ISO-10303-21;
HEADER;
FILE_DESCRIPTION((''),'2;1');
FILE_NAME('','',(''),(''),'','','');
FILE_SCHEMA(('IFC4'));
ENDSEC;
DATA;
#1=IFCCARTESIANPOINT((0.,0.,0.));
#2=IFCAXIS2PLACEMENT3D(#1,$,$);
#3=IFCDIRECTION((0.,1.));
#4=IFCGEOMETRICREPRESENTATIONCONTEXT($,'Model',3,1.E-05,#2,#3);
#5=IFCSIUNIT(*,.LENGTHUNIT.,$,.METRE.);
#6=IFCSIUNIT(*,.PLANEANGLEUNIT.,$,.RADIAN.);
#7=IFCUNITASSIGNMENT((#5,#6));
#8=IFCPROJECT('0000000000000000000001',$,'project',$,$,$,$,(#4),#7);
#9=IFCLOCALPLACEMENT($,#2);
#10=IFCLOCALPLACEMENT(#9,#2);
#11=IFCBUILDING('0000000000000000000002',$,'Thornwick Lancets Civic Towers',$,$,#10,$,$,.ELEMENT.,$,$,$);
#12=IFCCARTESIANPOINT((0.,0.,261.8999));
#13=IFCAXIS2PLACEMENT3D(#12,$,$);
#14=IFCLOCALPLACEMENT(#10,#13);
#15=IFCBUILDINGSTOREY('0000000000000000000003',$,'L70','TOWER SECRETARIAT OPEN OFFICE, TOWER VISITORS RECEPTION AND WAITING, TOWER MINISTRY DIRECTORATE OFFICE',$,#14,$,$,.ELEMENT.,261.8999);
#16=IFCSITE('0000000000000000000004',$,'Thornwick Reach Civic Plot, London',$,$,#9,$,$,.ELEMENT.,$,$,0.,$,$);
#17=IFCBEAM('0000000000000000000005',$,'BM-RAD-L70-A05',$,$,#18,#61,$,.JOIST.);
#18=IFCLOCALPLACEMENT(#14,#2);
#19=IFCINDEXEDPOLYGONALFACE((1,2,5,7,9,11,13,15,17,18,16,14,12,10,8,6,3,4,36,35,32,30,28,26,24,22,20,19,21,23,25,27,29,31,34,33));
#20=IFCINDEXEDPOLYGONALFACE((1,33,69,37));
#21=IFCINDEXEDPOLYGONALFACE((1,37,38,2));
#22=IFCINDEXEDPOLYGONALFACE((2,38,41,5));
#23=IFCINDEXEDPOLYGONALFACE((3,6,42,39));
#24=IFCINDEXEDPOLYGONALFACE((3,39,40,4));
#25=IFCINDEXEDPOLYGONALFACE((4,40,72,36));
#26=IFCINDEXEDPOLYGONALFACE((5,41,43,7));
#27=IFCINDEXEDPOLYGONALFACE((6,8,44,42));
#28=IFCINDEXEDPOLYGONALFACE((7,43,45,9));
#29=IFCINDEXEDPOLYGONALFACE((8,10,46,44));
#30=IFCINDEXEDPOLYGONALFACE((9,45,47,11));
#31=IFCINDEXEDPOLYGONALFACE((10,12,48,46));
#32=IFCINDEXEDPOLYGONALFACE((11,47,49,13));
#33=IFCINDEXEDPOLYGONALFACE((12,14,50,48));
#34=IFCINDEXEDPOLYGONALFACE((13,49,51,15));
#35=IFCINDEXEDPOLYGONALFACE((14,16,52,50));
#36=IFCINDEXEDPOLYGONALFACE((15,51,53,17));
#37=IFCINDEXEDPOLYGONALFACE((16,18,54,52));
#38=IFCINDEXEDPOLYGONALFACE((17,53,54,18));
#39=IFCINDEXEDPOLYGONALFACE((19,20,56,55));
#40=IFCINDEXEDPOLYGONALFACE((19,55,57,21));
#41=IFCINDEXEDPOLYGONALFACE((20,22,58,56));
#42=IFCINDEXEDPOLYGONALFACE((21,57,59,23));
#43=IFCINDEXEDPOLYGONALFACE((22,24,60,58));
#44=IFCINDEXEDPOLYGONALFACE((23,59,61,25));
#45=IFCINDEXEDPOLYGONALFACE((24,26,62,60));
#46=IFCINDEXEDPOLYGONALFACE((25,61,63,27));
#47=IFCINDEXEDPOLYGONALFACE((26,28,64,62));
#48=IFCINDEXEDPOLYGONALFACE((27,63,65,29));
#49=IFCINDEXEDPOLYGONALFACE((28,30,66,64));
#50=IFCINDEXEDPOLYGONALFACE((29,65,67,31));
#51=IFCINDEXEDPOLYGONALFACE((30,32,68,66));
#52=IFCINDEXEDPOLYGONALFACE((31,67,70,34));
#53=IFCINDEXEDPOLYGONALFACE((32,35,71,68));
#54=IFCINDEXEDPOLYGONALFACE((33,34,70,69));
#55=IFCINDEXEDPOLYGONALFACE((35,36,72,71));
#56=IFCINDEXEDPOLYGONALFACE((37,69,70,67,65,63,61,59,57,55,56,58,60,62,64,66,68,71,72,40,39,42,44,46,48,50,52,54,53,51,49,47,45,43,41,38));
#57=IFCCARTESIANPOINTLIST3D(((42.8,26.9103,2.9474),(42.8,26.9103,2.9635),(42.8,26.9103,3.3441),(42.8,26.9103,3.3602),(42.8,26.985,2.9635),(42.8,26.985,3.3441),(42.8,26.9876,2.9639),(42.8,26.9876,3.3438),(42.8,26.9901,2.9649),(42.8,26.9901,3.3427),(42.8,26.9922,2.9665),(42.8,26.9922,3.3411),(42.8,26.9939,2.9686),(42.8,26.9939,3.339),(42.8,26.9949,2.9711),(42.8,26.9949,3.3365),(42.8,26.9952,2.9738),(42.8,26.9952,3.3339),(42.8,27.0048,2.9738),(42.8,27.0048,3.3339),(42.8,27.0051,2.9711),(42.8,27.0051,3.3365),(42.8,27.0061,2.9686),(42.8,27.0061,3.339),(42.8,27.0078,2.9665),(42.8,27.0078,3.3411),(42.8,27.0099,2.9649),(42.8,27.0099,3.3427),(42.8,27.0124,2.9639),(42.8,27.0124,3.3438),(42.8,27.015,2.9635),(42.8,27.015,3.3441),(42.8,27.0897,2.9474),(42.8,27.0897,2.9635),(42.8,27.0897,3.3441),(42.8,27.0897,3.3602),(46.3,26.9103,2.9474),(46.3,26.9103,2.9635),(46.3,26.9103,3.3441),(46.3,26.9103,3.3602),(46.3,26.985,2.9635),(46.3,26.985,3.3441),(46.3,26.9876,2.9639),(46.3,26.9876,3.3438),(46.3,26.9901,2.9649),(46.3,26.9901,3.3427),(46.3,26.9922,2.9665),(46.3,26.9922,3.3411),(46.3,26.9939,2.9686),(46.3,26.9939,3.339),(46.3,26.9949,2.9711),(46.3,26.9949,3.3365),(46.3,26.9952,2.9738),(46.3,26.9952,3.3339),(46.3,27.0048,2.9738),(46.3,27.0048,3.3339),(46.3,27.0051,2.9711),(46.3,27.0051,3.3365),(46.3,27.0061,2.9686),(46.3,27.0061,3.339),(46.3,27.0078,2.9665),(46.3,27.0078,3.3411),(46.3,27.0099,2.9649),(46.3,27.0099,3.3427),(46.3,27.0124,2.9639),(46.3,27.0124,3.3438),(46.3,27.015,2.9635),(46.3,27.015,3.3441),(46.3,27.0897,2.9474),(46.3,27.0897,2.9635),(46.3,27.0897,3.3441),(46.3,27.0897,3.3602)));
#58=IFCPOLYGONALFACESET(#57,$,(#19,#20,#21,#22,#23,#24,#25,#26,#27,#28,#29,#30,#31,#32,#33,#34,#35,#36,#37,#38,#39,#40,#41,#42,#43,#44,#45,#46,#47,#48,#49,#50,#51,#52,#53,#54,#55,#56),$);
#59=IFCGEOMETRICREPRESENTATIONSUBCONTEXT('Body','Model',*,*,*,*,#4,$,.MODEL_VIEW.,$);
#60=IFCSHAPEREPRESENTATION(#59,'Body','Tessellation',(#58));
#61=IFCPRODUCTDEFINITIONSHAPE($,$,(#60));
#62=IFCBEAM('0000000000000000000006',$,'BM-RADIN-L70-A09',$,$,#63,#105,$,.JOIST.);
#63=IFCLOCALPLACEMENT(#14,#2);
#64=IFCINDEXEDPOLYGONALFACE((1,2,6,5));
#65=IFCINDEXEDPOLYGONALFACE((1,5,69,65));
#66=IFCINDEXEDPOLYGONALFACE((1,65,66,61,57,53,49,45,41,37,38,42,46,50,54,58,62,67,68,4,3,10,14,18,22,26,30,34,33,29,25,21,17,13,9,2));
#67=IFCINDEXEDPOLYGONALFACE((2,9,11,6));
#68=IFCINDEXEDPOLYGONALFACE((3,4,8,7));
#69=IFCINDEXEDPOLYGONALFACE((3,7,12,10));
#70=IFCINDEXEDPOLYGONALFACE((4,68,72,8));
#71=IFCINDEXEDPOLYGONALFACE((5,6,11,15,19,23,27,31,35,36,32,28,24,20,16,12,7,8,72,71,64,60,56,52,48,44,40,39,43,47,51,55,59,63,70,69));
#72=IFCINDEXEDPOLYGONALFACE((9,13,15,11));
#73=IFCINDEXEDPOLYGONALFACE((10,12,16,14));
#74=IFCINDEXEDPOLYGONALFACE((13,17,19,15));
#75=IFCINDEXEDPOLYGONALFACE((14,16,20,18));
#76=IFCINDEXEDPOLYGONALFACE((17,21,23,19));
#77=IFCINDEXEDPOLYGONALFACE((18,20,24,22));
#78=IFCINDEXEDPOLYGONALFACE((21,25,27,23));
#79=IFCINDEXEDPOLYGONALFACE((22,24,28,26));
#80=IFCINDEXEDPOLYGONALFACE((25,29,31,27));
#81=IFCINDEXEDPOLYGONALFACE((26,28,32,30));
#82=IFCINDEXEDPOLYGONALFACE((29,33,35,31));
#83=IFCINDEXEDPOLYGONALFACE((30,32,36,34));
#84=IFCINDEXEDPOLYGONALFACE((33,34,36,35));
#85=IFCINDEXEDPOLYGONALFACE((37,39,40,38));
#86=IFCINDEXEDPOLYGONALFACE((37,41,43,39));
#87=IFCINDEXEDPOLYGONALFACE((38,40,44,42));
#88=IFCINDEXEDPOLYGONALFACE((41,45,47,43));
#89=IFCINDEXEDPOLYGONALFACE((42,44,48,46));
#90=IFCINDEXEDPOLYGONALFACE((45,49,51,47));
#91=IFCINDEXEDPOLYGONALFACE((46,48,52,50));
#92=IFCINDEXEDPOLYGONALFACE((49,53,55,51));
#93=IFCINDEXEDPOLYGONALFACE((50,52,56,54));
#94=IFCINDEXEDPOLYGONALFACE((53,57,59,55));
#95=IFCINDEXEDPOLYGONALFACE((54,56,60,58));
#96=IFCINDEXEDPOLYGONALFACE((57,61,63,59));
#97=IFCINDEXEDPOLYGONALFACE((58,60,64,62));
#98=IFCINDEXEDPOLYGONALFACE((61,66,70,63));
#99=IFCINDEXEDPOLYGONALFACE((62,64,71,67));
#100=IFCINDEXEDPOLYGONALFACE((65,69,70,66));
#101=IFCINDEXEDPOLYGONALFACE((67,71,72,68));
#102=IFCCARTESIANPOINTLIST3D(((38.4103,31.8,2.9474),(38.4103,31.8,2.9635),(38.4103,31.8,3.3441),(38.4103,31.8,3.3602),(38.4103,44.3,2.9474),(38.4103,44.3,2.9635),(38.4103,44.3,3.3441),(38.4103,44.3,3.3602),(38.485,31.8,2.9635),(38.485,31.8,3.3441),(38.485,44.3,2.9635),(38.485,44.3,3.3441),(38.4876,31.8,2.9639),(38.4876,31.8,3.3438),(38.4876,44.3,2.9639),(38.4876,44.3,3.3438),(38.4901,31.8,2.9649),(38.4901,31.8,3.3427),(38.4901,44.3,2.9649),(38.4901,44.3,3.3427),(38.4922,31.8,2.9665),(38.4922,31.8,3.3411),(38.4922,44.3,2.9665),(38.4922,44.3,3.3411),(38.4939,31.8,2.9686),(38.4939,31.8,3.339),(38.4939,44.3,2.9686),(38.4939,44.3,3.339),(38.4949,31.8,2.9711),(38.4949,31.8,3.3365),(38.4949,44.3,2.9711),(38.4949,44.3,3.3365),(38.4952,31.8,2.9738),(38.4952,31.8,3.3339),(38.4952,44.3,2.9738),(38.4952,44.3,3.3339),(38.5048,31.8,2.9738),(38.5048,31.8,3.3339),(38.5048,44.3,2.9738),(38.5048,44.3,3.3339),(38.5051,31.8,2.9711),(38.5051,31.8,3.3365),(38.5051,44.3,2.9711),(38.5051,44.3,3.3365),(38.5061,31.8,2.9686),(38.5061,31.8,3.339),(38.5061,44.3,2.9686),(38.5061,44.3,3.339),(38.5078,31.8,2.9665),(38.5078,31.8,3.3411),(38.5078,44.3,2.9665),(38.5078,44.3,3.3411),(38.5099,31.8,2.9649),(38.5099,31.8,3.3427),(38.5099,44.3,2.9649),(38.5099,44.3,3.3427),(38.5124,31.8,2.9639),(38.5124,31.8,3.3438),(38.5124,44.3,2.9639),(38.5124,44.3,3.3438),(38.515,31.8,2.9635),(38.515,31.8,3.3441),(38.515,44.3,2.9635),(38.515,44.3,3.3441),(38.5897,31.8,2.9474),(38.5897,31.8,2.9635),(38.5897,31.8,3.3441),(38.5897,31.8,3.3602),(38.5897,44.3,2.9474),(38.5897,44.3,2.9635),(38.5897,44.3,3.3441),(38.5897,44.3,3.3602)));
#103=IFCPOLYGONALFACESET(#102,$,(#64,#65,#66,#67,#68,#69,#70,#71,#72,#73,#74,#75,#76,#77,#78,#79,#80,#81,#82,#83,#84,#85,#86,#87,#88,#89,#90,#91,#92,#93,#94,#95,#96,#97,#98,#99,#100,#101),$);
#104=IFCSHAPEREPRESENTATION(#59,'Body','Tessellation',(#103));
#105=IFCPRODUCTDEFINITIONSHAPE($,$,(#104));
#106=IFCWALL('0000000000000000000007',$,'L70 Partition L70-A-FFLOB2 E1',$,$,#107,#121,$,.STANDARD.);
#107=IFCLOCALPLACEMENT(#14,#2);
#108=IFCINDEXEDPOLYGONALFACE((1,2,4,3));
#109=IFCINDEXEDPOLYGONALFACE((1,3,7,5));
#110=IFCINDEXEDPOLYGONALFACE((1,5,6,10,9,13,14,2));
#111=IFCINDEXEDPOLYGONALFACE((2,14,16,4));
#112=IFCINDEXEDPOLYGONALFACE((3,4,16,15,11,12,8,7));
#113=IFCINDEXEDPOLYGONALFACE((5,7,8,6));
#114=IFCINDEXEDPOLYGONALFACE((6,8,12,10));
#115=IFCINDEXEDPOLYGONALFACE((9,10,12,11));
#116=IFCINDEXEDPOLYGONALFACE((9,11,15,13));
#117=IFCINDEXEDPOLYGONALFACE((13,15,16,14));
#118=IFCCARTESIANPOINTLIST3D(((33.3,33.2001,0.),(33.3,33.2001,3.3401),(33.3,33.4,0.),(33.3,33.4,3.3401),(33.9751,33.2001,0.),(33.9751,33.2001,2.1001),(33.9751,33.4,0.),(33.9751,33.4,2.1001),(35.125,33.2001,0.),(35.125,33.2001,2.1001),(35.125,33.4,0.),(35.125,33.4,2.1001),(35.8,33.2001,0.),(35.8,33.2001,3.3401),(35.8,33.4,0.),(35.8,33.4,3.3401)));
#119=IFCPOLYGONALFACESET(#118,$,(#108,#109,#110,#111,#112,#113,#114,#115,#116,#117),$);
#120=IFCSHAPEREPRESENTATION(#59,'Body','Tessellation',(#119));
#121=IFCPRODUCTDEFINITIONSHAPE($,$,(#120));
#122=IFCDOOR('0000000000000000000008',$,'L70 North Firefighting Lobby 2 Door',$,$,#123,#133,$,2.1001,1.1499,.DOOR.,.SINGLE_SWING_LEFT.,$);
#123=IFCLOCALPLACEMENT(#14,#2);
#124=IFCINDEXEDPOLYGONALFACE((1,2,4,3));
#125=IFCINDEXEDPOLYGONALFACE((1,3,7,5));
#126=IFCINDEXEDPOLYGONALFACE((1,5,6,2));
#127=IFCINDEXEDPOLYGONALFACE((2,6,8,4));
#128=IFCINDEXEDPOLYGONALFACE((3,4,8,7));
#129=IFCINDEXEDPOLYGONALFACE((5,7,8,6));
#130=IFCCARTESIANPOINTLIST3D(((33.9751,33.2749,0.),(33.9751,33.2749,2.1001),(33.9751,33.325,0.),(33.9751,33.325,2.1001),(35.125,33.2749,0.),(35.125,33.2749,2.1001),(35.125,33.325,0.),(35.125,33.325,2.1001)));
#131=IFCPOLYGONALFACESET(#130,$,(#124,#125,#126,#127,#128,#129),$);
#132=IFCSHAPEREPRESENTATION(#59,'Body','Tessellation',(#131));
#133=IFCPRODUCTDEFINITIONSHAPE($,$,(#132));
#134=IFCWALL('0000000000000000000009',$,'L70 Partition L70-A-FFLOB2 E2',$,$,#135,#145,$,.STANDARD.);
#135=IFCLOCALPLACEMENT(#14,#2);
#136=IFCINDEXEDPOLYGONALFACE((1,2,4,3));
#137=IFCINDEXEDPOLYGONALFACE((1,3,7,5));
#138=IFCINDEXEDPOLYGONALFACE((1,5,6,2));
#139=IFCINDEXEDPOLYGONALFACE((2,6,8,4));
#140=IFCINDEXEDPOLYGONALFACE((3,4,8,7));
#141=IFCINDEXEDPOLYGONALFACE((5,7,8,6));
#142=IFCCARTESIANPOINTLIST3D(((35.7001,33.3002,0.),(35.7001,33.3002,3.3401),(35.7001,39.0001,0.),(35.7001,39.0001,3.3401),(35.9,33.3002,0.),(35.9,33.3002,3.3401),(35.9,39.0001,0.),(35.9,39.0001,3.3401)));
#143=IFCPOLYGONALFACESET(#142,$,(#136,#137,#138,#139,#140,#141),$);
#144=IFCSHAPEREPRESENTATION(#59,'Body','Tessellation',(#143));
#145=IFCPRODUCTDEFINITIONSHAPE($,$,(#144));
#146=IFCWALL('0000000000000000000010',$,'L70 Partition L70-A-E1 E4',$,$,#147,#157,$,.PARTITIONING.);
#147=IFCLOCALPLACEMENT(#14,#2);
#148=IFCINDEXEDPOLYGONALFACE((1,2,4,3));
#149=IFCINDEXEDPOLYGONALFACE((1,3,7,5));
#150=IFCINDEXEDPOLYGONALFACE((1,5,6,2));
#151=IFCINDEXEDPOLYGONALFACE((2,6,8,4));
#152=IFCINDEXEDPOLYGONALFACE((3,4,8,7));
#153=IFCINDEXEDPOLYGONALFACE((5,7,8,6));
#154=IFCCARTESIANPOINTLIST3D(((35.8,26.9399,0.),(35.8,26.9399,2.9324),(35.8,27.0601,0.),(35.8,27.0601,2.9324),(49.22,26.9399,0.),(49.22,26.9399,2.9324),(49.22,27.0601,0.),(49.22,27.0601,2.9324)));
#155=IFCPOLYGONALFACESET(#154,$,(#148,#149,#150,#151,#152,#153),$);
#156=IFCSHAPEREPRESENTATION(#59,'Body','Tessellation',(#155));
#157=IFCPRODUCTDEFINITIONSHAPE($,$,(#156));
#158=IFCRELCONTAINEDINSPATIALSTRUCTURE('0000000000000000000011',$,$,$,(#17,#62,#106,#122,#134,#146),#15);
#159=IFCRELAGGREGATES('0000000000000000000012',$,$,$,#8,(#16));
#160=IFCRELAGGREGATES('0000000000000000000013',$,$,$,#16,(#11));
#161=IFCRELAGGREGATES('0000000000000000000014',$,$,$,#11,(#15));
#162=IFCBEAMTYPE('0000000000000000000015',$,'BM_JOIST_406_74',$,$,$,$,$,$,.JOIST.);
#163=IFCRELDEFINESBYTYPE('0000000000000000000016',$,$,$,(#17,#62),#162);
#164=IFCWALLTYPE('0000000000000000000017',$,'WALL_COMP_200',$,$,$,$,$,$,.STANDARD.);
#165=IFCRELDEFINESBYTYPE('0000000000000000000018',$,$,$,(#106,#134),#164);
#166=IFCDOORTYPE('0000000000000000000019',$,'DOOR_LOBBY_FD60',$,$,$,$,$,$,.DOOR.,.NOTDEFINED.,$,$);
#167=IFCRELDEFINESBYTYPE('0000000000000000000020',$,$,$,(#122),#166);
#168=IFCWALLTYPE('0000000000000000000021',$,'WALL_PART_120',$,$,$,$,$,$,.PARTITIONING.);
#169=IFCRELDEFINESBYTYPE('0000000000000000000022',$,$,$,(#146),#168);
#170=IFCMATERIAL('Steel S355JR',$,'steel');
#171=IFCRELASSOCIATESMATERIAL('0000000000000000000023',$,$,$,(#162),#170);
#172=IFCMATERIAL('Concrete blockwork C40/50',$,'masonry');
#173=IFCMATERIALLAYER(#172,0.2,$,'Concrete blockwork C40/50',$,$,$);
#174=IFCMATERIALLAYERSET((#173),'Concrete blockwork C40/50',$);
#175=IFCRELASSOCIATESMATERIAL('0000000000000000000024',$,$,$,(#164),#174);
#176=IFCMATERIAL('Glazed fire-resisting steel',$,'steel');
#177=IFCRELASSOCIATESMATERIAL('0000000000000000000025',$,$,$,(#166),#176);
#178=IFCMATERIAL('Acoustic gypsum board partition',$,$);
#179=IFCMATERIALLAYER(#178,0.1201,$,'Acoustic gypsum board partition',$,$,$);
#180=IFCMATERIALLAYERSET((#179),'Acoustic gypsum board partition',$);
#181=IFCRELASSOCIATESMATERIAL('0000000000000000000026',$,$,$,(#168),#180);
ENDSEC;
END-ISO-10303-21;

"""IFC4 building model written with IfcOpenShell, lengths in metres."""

from ifc_helpers import new_model, si_unit, direction, frame, frame_2d, origin, origin_2d, place, context, subcontext, project, spatial, rectangle, i_section, extrude, material, layer, layer_set, material_profile, profile_set, type_object, element, fill, save


model = new_model("IFC4")

# Units and contexts
model_context = context("Model", 3, precision=1e-05, world=origin(), true_north=direction((0.0, 1.0)))
body_context = subcontext(model_context, "Body", "Model", "MODEL_VIEW")
ifc_project = project(units=[si_unit("LENGTHUNIT", "METRE"), si_unit("PLANEANGLEUNIT", "RADIAN")], contexts=[model_context])

# Site, building, storey
site_placement = place(None, origin())
site = spatial("IfcSite", under=ifc_project, at=site_placement, Name="Thornwick Reach Civic Plot, London", CompositionType="ELEMENT", RefElevation=0.0)
building_placement = place(site_placement, origin())
building = spatial("IfcBuilding", under=site, at=building_placement, Name="Thornwick Lancets Civic Towers", CompositionType="ELEMENT")
storey_placement = place(building_placement, frame((0.0, 0.0, 261.8999)))
storey = spatial("IfcBuildingStorey", under=building, at=storey_placement, Name="L70", Description="TOWER SECRETARIAT OPEN OFFICE, TOWER VISITORS RECEPTION AND WAITING, TOWER MINISTRY DIRECTORATE OFFICE", CompositionType="ELEMENT", Elevation=261.8999)

# Shared definitions
ifc_material_1 = material(Name="Steel S355JR", Category="steel")

# Beams
ifc_material_profile_1 = material_profile(ifc_material_1, i_section(OverallWidth=0.1794, OverallDepth=0.4128, WebThickness=0.0095, FlangeThickness=0.0161, FilletRadius=0.0103, at=origin_2d()), Name="UKB 406x178x74")
ifc_profile_set_1 = profile_set([ifc_material_profile_1], Name="Steel S355JR")
beam_type_1 = type_object("IfcBeamType", Name="BM_JOIST_406_74", PredefinedType="JOIST", material=ifc_profile_set_1)
beam_1_placement = place(storey_placement, frame((42.8, 27.0, 3.1538), z_axis=(1.0, 0.0, 0.0), x_axis=(0.0, 1.0, 0.0)))
element("IfcBeam", 1, at=beam_1_placement, inside=storey, type_object=beam_type_1, Name="BM-RAD-L70-A05", PredefinedType="JOIST", context=body_context, shape_type="SweptSolid", body=[
    extrude(i_section(OverallWidth=0.1794, OverallDepth=0.4128, WebThickness=0.0095, FlangeThickness=0.0161, FilletRadius=0.0103, at=origin_2d()), origin(), (0.0, 0.0, 1.0), 3.5),
])
beam_2_placement = place(storey_placement, frame((38.5, 31.8, 3.1538), z_axis=(0.0, 1.0, 0.0), x_axis=(-1.0, 0.0, 0.0)))
element("IfcBeam", 2, at=beam_2_placement, inside=storey, type_object=beam_type_1, Name="BM-RADIN-L70-A09", PredefinedType="JOIST", context=body_context, shape_type="SweptSolid", body=[
    extrude(i_section(OverallWidth=0.1794, OverallDepth=0.4128, WebThickness=0.0095, FlangeThickness=0.0161, FilletRadius=0.0103, at=origin_2d()), origin(), (0.0, 0.0, 1.0), 12.5),
])

# Wall, opening, door
ifc_material_2 = material(Name="Concrete blockwork C40/50", Category="masonry")
ifc_layer_1 = layer(ifc_material_2, 0.2, Name="Concrete blockwork C40/50")
ifc_layer_set_1 = layer_set([ifc_layer_1], Name="Concrete blockwork C40/50")
wall_type_1 = type_object("IfcWallType", Name="WALL_COMP_200", PredefinedType="STANDARD", material=ifc_layer_set_1)
wall_1_placement = place(storey_placement, frame((33.3, 33.3, 0.0), z_axis=(0.0, 0.0, 1.0), x_axis=(1.0, 0.0, 0.0)))
wall_1 = element("IfcWall", 3, at=wall_1_placement, inside=storey, type_object=wall_type_1, Name="L70 Partition L70-A-FFLOB2 E1", PredefinedType="STANDARD", context=body_context, shape_type="SweptSolid", body=[
    extrude(rectangle(XDim=2.5, YDim=0.2, at=frame_2d((1.25, 0.0))), origin(), (0.0, 0.0, 1.0), 3.3401),
])
opening_1_placement = place(wall_1_placement, frame((0.675, 0.0, 0.0)))
opening_1 = element("IfcOpeningElement", 4, at=opening_1_placement, cuts=wall_1, PredefinedType="OPENING", context=body_context, shape_type="SweptSolid", body=[
    extrude(rectangle(XDim=1.1499, YDim=2.1001, at=frame_2d((0.575, 1.05))), frame((0.0, 0.1099, 0.0), z_axis=(0.0, -1.0, 0.0), x_axis=(1.0, 0.0, 0.0)), (0.0, 0.0, 1.0), 0.22),
])
ifc_material_3 = material(Name="Glazed fire-resisting steel", Category="steel")
door_type_1 = type_object("IfcDoorType", Name="DOOR_LOBBY_FD60", OperationType="NOTDEFINED", PredefinedType="DOOR", material=ifc_material_3)
door_1_placement = place(opening_1_placement, origin())
door_1 = element("IfcDoor", 5, at=door_1_placement, inside=storey, type_object=door_type_1, Name="L70 North Firefighting Lobby 2 Door", OperationType="SINGLE_SWING_LEFT", OverallHeight=2.1001, OverallWidth=1.1499, PredefinedType="DOOR", context=body_context, shape_type="SweptSolid", body=[
    extrude(rectangle(XDim=1.1499, YDim=2.1001, at=frame_2d((0.575, 1.05))), frame((0.0, 0.0249, 0.0), z_axis=(0.0, -1.0, 0.0), x_axis=(1.0, 0.0, 0.0)), (0.0, 0.0, 1.0), 0.05),
])
fill(opening_1, door_1)

# Walls
wall_2_placement = place(storey_placement, frame((35.8, 33.3, 0.0), z_axis=(0.0, 0.0, 1.0), x_axis=(0.0, 1.0, 0.0)))
element("IfcWall", 6, at=wall_2_placement, inside=storey, type_object=wall_type_1, Name="L70 Partition L70-A-FFLOB2 E2", PredefinedType="STANDARD", context=body_context, shape_type="SweptSolid", body=[
    extrude(rectangle(XDim=5.7, YDim=0.2, at=frame_2d((2.8501, 0.0))), origin(), (0.0, 0.0, 1.0), 3.3401),
])
ifc_material_4 = material(Name="Acoustic gypsum board partition")
ifc_layer_2 = layer(ifc_material_4, 0.1201, Name="Acoustic gypsum board partition")
ifc_layer_set_2 = layer_set([ifc_layer_2], Name="Acoustic gypsum board partition")
wall_type_2 = type_object("IfcWallType", Name="WALL_PART_120", PredefinedType="PARTITIONING", material=ifc_layer_set_2)
wall_3_placement = place(storey_placement, frame((35.8, 27.0, 0.0), z_axis=(0.0, 0.0, 1.0), x_axis=(1.0, 0.0, 0.0)))
element("IfcWall", 7, at=wall_3_placement, inside=storey, type_object=wall_type_2, Name="L70 Partition L70-A-E1 E4", PredefinedType="PARTITIONING", context=body_context, shape_type="SweptSolid", body=[
    extrude(rectangle(XDim=13.4199, YDim=0.1201, at=frame_2d((6.71, 0.0))), origin(), (0.0, 0.0, 1.0), 2.9324),
])

save(model, "model.ifc")
